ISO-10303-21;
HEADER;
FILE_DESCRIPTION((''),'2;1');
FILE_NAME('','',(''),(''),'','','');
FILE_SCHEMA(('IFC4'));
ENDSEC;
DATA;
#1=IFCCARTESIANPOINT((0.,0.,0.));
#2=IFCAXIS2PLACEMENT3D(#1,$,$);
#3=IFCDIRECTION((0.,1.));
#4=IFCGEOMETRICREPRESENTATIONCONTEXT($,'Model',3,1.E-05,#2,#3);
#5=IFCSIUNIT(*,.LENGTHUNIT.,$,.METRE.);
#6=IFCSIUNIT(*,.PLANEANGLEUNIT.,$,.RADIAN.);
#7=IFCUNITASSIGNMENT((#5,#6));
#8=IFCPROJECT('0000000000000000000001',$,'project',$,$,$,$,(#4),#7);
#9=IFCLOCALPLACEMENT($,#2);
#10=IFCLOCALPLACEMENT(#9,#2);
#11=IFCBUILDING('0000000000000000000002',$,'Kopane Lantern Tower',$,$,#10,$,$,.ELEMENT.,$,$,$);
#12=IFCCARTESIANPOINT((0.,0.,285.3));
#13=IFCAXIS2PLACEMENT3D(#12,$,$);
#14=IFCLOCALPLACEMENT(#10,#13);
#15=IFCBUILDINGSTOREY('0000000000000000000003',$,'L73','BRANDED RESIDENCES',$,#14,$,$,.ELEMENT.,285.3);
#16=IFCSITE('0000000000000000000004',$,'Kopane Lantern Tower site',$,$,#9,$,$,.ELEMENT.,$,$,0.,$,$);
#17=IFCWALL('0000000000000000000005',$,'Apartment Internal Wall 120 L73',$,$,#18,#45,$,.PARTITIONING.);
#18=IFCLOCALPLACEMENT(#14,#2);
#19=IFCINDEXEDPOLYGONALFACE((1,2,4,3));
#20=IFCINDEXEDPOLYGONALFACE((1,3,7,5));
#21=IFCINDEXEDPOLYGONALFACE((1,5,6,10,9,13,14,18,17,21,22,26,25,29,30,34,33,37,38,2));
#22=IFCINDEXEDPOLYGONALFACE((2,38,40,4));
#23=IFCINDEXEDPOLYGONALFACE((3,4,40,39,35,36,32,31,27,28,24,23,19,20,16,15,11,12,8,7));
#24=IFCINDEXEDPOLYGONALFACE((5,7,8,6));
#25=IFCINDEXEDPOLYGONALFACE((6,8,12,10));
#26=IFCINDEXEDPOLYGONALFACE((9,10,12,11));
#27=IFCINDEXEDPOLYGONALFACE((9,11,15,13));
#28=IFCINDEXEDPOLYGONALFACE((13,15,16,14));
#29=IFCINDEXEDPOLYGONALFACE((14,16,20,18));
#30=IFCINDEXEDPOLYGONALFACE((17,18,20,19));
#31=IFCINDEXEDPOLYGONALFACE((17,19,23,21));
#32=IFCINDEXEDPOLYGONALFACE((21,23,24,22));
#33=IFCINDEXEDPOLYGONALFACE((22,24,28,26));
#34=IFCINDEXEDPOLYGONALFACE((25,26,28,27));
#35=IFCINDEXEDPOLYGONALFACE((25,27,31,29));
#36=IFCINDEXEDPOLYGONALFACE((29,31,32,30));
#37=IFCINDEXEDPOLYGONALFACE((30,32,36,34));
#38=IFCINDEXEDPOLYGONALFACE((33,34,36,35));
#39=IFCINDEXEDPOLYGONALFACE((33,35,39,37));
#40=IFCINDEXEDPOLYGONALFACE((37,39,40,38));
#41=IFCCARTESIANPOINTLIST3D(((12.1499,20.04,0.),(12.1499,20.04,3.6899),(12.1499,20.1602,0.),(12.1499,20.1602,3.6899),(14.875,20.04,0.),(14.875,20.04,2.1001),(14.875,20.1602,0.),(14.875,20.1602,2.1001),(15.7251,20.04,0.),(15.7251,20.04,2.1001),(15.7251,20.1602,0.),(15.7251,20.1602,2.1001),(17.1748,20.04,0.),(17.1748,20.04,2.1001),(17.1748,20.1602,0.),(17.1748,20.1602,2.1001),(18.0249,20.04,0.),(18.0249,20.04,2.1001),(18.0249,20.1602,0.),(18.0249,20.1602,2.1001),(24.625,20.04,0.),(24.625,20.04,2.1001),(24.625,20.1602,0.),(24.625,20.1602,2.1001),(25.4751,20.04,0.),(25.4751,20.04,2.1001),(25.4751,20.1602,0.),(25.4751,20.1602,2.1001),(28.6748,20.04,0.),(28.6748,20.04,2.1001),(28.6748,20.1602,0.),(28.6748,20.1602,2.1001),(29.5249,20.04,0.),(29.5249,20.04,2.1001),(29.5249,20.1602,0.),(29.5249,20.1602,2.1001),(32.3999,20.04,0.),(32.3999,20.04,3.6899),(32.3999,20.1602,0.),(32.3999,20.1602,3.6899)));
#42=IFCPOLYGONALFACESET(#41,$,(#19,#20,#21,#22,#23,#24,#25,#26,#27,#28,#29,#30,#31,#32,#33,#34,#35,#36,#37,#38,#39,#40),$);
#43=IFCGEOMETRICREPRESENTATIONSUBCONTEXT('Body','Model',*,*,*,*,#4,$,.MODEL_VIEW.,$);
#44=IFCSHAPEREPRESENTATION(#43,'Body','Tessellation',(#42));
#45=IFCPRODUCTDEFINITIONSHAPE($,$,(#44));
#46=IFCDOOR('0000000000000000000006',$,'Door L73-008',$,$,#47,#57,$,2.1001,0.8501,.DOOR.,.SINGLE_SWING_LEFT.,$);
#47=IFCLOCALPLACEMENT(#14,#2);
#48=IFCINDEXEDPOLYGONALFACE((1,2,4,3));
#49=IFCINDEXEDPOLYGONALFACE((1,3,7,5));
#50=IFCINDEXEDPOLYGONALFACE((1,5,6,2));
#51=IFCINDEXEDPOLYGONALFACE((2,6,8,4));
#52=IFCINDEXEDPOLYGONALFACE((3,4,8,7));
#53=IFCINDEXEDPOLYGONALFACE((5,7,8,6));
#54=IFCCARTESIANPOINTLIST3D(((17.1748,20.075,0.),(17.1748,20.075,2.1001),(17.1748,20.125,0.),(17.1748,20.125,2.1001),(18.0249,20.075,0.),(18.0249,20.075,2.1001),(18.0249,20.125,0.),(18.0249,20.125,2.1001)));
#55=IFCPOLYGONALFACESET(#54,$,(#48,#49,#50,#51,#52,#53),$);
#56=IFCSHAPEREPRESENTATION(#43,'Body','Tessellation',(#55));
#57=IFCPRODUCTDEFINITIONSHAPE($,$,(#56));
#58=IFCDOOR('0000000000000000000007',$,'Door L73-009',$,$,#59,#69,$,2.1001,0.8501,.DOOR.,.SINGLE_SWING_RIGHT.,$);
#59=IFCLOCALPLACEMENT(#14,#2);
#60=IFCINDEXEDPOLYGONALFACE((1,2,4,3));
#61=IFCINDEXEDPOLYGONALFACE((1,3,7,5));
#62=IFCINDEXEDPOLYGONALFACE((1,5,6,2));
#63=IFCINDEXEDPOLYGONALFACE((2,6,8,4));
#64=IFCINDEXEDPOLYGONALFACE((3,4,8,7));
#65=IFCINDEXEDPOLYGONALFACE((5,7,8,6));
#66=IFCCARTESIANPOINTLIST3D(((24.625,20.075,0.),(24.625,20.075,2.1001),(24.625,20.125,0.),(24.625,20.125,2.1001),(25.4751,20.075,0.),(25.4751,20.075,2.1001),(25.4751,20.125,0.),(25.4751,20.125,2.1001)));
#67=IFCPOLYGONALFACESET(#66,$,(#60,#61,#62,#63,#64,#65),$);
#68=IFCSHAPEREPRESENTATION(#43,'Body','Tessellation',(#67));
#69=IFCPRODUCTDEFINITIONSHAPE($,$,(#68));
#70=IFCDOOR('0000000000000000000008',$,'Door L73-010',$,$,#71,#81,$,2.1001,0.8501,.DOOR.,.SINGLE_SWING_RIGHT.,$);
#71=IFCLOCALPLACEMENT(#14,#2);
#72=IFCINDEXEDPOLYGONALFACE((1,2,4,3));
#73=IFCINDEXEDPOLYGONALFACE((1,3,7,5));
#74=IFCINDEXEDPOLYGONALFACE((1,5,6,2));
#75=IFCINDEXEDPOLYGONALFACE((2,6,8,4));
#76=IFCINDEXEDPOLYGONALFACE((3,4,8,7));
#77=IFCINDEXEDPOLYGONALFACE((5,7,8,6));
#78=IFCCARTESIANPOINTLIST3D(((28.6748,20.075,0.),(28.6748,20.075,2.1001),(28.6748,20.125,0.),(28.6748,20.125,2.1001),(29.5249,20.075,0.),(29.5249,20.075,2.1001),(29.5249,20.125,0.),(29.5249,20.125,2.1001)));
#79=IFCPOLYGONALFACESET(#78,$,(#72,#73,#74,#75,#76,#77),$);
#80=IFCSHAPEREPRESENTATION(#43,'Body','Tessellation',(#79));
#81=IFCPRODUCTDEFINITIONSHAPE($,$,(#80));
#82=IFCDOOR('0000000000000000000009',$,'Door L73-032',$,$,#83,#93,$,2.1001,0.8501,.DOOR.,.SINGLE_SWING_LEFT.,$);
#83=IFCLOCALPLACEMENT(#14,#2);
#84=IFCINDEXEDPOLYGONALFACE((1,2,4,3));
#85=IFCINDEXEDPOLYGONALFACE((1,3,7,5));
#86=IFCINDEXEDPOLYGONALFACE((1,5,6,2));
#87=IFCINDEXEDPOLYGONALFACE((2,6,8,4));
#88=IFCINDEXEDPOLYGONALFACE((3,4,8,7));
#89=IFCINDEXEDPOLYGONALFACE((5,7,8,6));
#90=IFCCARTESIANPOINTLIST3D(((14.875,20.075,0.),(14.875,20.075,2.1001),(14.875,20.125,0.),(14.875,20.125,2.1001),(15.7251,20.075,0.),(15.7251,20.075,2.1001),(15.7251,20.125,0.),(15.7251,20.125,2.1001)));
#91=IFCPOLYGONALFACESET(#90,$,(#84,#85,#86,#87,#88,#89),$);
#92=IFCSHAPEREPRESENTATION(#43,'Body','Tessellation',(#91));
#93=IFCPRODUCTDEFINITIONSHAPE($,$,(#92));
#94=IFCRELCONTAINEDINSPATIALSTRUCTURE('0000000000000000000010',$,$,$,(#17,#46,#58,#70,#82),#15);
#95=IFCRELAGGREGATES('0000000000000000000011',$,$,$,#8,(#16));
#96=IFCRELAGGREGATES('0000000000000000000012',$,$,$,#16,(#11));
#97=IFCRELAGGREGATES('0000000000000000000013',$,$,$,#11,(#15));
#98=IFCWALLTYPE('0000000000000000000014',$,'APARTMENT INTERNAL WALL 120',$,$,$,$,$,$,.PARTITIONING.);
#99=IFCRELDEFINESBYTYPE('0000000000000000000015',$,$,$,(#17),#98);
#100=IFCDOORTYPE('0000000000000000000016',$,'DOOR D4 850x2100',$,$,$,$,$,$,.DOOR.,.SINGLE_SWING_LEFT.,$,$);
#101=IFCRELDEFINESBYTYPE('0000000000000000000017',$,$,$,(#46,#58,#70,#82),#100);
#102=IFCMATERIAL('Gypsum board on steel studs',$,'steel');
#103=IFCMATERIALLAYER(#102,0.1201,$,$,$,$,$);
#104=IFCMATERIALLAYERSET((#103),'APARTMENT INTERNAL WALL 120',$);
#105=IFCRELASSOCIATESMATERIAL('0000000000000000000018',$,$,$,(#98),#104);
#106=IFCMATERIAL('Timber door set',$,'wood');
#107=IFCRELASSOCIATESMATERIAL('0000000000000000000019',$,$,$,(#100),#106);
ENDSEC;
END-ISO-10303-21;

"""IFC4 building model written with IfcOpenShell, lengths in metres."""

from ifc_helpers import new_model, si_unit, direction, frame, frame_2d, origin, place, context, subcontext, project, spatial, rectangle, extrude, material, layer, layer_set, type_object, element, fill, save


model = new_model("IFC4")

# Units and contexts
model_context = context("Model", 3, precision=1e-05, world=origin(), true_north=direction((0.0, 1.0)))
body_context = subcontext(model_context, "Body", "Model", "MODEL_VIEW")
ifc_project = project(units=[si_unit("LENGTHUNIT", "METRE"), si_unit("PLANEANGLEUNIT", "RADIAN")], contexts=[model_context])

# Site, building, storey
site_placement = place(None, origin())
site = spatial("IfcSite", under=ifc_project, at=site_placement, Name="Kopane Lantern Tower site", CompositionType="ELEMENT", RefElevation=0.0)
building_placement = place(site_placement, origin())
building = spatial("IfcBuilding", under=site, at=building_placement, Name="Kopane Lantern Tower", CompositionType="ELEMENT")
storey_placement = place(building_placement, frame((0.0, 0.0, 285.3)))
storey = spatial("IfcBuildingStorey", under=building, at=storey_placement, Name="L73", Description="BRANDED RESIDENCES", CompositionType="ELEMENT", Elevation=285.3)

# Wall, openings, doors
ifc_material_1 = material(Name="Gypsum board on steel studs", Category="steel")
ifc_layer_1 = layer(ifc_material_1, 0.1201)
ifc_layer_set_1 = layer_set([ifc_layer_1], Name="APARTMENT INTERNAL WALL 120")
wall_type_1 = type_object("IfcWallType", Name="APARTMENT INTERNAL WALL 120", PredefinedType="PARTITIONING", material=ifc_layer_set_1)
wall_1_placement = place(storey_placement, frame((12.1499, 20.1001, 0.0), z_axis=(0.0, 0.0, 1.0), x_axis=(1.0, 0.0, 0.0)))
wall_1 = element("IfcWall", 1, at=wall_1_placement, inside=storey, type_object=wall_type_1, Name="Apartment Internal Wall 120 L73", PredefinedType="PARTITIONING", context=body_context, shape_type="SweptSolid", body=[
    extrude(rectangle(XDim=20.25, YDim=0.1201, at=frame_2d((10.125, 0.0))), origin(), (0.0, 0.0, 1.0), 3.6899),
])
opening_1_placement = place(wall_1_placement, frame((5.0249, 0.0, 0.0)))
opening_1 = element("IfcOpeningElement", 2, at=opening_1_placement, cuts=wall_1, PredefinedType="OPENING", context=body_context, shape_type="SweptSolid", body=[
    extrude(rectangle(XDim=0.8501, YDim=2.1001, at=frame_2d((0.425, 1.05))), frame((0.0, 0.0701, 0.0), z_axis=(0.0, -1.0, 0.0), x_axis=(1.0, 0.0, 0.0)), (0.0, 0.0, 1.0), 0.1401),
])
opening_2_placement = place(wall_1_placement, frame((12.4751, 0.0, 0.0)))
opening_2 = element("IfcOpeningElement", 3, at=opening_2_placement, cuts=wall_1, PredefinedType="OPENING", context=body_context, shape_type="SweptSolid", body=[
    extrude(rectangle(XDim=0.8501, YDim=2.1001, at=frame_2d((0.425, 1.05))), frame((0.0, 0.0701, 0.0), z_axis=(0.0, -1.0, 0.0), x_axis=(1.0, 0.0, 0.0)), (0.0, 0.0, 1.0), 0.1401),
])
opening_3_placement = place(wall_1_placement, frame((16.5249, 0.0, 0.0)))
opening_3 = element("IfcOpeningElement", 4, at=opening_3_placement, cuts=wall_1, PredefinedType="OPENING", context=body_context, shape_type="SweptSolid", body=[
    extrude(rectangle(XDim=0.8501, YDim=2.1001, at=frame_2d((0.425, 1.05))), frame((0.0, 0.0701, 0.0), z_axis=(0.0, -1.0, 0.0), x_axis=(1.0, 0.0, 0.0)), (0.0, 0.0, 1.0), 0.1401),
])
opening_4_placement = place(wall_1_placement, frame((2.7251, 0.0, 0.0)))
opening_4 = element("IfcOpeningElement", 5, at=opening_4_placement, cuts=wall_1, PredefinedType="OPENING", context=body_context, shape_type="SweptSolid", body=[
    extrude(rectangle(XDim=0.8501, YDim=2.1001, at=frame_2d((0.425, 1.05))), frame((0.0, 0.0701, 0.0), z_axis=(0.0, -1.0, 0.0), x_axis=(1.0, 0.0, 0.0)), (0.0, 0.0, 1.0), 0.1401),
])
ifc_material_2 = material(Name="Timber door set", Category="wood")
door_type = type_object("IfcDoorType", Name="DOOR D4 850x2100", OperationType="SINGLE_SWING_LEFT", PredefinedType="DOOR", material=ifc_material_2)
door_1_placement = place(opening_1_placement, origin())
door_1 = element("IfcDoor", 6, at=door_1_placement, inside=storey, type_object=door_type, Name="Door L73-008", OperationType="SINGLE_SWING_LEFT", OverallHeight=2.1001, OverallWidth=0.8501, PredefinedType="DOOR", context=body_context, shape_type="SweptSolid", body=[
    extrude(rectangle(XDim=0.8501, YDim=2.1001, at=frame_2d((0.425, 1.05))), frame((0.0, 0.0249, 0.0), z_axis=(0.0, -1.0, 0.0), x_axis=(1.0, 0.0, 0.0)), (0.0, 0.0, 1.0), 0.05),
])
fill(opening_1, door_1)
door_2_placement = place(opening_2_placement, origin())
door_2 = element("IfcDoor", 7, at=door_2_placement, inside=storey, type_object=door_type, Name="Door L73-009", OperationType="SINGLE_SWING_RIGHT", OverallHeight=2.1001, OverallWidth=0.8501, PredefinedType="DOOR", context=body_context, shape_type="SweptSolid", body=[
    extrude(rectangle(XDim=0.8501, YDim=2.1001, at=frame_2d((0.425, 1.05))), frame((0.0, 0.0249, 0.0), z_axis=(0.0, -1.0, 0.0), x_axis=(1.0, 0.0, 0.0)), (0.0, 0.0, 1.0), 0.05),
])
fill(opening_2, door_2)
door_3_placement = place(opening_3_placement, origin())
door_3 = element("IfcDoor", 8, at=door_3_placement, inside=storey, type_object=door_type, Name="Door L73-010", OperationType="SINGLE_SWING_RIGHT", OverallHeight=2.1001, OverallWidth=0.8501, PredefinedType="DOOR", context=body_context, shape_type="SweptSolid", body=[
    extrude(rectangle(XDim=0.8501, YDim=2.1001, at=frame_2d((0.425, 1.05))), frame((0.0, 0.0249, 0.0), z_axis=(0.0, -1.0, 0.0), x_axis=(1.0, 0.0, 0.0)), (0.0, 0.0, 1.0), 0.05),
])
fill(opening_3, door_3)
door_4_placement = place(opening_4_placement, origin())
door_4 = element("IfcDoor", 9, at=door_4_placement, inside=storey, type_object=door_type, Name="Door L73-032", OperationType="SINGLE_SWING_LEFT", OverallHeight=2.1001, OverallWidth=0.8501, PredefinedType="DOOR", context=body_context, shape_type="SweptSolid", body=[
    extrude(rectangle(XDim=0.8501, YDim=2.1001, at=frame_2d((0.425, 1.05))), frame((0.0, 0.0249, 0.0), z_axis=(0.0, -1.0, 0.0), x_axis=(1.0, 0.0, 0.0)), (0.0, 0.0, 1.0), 0.05),
])
fill(opening_4, door_4)

save(model, "model.ifc")
